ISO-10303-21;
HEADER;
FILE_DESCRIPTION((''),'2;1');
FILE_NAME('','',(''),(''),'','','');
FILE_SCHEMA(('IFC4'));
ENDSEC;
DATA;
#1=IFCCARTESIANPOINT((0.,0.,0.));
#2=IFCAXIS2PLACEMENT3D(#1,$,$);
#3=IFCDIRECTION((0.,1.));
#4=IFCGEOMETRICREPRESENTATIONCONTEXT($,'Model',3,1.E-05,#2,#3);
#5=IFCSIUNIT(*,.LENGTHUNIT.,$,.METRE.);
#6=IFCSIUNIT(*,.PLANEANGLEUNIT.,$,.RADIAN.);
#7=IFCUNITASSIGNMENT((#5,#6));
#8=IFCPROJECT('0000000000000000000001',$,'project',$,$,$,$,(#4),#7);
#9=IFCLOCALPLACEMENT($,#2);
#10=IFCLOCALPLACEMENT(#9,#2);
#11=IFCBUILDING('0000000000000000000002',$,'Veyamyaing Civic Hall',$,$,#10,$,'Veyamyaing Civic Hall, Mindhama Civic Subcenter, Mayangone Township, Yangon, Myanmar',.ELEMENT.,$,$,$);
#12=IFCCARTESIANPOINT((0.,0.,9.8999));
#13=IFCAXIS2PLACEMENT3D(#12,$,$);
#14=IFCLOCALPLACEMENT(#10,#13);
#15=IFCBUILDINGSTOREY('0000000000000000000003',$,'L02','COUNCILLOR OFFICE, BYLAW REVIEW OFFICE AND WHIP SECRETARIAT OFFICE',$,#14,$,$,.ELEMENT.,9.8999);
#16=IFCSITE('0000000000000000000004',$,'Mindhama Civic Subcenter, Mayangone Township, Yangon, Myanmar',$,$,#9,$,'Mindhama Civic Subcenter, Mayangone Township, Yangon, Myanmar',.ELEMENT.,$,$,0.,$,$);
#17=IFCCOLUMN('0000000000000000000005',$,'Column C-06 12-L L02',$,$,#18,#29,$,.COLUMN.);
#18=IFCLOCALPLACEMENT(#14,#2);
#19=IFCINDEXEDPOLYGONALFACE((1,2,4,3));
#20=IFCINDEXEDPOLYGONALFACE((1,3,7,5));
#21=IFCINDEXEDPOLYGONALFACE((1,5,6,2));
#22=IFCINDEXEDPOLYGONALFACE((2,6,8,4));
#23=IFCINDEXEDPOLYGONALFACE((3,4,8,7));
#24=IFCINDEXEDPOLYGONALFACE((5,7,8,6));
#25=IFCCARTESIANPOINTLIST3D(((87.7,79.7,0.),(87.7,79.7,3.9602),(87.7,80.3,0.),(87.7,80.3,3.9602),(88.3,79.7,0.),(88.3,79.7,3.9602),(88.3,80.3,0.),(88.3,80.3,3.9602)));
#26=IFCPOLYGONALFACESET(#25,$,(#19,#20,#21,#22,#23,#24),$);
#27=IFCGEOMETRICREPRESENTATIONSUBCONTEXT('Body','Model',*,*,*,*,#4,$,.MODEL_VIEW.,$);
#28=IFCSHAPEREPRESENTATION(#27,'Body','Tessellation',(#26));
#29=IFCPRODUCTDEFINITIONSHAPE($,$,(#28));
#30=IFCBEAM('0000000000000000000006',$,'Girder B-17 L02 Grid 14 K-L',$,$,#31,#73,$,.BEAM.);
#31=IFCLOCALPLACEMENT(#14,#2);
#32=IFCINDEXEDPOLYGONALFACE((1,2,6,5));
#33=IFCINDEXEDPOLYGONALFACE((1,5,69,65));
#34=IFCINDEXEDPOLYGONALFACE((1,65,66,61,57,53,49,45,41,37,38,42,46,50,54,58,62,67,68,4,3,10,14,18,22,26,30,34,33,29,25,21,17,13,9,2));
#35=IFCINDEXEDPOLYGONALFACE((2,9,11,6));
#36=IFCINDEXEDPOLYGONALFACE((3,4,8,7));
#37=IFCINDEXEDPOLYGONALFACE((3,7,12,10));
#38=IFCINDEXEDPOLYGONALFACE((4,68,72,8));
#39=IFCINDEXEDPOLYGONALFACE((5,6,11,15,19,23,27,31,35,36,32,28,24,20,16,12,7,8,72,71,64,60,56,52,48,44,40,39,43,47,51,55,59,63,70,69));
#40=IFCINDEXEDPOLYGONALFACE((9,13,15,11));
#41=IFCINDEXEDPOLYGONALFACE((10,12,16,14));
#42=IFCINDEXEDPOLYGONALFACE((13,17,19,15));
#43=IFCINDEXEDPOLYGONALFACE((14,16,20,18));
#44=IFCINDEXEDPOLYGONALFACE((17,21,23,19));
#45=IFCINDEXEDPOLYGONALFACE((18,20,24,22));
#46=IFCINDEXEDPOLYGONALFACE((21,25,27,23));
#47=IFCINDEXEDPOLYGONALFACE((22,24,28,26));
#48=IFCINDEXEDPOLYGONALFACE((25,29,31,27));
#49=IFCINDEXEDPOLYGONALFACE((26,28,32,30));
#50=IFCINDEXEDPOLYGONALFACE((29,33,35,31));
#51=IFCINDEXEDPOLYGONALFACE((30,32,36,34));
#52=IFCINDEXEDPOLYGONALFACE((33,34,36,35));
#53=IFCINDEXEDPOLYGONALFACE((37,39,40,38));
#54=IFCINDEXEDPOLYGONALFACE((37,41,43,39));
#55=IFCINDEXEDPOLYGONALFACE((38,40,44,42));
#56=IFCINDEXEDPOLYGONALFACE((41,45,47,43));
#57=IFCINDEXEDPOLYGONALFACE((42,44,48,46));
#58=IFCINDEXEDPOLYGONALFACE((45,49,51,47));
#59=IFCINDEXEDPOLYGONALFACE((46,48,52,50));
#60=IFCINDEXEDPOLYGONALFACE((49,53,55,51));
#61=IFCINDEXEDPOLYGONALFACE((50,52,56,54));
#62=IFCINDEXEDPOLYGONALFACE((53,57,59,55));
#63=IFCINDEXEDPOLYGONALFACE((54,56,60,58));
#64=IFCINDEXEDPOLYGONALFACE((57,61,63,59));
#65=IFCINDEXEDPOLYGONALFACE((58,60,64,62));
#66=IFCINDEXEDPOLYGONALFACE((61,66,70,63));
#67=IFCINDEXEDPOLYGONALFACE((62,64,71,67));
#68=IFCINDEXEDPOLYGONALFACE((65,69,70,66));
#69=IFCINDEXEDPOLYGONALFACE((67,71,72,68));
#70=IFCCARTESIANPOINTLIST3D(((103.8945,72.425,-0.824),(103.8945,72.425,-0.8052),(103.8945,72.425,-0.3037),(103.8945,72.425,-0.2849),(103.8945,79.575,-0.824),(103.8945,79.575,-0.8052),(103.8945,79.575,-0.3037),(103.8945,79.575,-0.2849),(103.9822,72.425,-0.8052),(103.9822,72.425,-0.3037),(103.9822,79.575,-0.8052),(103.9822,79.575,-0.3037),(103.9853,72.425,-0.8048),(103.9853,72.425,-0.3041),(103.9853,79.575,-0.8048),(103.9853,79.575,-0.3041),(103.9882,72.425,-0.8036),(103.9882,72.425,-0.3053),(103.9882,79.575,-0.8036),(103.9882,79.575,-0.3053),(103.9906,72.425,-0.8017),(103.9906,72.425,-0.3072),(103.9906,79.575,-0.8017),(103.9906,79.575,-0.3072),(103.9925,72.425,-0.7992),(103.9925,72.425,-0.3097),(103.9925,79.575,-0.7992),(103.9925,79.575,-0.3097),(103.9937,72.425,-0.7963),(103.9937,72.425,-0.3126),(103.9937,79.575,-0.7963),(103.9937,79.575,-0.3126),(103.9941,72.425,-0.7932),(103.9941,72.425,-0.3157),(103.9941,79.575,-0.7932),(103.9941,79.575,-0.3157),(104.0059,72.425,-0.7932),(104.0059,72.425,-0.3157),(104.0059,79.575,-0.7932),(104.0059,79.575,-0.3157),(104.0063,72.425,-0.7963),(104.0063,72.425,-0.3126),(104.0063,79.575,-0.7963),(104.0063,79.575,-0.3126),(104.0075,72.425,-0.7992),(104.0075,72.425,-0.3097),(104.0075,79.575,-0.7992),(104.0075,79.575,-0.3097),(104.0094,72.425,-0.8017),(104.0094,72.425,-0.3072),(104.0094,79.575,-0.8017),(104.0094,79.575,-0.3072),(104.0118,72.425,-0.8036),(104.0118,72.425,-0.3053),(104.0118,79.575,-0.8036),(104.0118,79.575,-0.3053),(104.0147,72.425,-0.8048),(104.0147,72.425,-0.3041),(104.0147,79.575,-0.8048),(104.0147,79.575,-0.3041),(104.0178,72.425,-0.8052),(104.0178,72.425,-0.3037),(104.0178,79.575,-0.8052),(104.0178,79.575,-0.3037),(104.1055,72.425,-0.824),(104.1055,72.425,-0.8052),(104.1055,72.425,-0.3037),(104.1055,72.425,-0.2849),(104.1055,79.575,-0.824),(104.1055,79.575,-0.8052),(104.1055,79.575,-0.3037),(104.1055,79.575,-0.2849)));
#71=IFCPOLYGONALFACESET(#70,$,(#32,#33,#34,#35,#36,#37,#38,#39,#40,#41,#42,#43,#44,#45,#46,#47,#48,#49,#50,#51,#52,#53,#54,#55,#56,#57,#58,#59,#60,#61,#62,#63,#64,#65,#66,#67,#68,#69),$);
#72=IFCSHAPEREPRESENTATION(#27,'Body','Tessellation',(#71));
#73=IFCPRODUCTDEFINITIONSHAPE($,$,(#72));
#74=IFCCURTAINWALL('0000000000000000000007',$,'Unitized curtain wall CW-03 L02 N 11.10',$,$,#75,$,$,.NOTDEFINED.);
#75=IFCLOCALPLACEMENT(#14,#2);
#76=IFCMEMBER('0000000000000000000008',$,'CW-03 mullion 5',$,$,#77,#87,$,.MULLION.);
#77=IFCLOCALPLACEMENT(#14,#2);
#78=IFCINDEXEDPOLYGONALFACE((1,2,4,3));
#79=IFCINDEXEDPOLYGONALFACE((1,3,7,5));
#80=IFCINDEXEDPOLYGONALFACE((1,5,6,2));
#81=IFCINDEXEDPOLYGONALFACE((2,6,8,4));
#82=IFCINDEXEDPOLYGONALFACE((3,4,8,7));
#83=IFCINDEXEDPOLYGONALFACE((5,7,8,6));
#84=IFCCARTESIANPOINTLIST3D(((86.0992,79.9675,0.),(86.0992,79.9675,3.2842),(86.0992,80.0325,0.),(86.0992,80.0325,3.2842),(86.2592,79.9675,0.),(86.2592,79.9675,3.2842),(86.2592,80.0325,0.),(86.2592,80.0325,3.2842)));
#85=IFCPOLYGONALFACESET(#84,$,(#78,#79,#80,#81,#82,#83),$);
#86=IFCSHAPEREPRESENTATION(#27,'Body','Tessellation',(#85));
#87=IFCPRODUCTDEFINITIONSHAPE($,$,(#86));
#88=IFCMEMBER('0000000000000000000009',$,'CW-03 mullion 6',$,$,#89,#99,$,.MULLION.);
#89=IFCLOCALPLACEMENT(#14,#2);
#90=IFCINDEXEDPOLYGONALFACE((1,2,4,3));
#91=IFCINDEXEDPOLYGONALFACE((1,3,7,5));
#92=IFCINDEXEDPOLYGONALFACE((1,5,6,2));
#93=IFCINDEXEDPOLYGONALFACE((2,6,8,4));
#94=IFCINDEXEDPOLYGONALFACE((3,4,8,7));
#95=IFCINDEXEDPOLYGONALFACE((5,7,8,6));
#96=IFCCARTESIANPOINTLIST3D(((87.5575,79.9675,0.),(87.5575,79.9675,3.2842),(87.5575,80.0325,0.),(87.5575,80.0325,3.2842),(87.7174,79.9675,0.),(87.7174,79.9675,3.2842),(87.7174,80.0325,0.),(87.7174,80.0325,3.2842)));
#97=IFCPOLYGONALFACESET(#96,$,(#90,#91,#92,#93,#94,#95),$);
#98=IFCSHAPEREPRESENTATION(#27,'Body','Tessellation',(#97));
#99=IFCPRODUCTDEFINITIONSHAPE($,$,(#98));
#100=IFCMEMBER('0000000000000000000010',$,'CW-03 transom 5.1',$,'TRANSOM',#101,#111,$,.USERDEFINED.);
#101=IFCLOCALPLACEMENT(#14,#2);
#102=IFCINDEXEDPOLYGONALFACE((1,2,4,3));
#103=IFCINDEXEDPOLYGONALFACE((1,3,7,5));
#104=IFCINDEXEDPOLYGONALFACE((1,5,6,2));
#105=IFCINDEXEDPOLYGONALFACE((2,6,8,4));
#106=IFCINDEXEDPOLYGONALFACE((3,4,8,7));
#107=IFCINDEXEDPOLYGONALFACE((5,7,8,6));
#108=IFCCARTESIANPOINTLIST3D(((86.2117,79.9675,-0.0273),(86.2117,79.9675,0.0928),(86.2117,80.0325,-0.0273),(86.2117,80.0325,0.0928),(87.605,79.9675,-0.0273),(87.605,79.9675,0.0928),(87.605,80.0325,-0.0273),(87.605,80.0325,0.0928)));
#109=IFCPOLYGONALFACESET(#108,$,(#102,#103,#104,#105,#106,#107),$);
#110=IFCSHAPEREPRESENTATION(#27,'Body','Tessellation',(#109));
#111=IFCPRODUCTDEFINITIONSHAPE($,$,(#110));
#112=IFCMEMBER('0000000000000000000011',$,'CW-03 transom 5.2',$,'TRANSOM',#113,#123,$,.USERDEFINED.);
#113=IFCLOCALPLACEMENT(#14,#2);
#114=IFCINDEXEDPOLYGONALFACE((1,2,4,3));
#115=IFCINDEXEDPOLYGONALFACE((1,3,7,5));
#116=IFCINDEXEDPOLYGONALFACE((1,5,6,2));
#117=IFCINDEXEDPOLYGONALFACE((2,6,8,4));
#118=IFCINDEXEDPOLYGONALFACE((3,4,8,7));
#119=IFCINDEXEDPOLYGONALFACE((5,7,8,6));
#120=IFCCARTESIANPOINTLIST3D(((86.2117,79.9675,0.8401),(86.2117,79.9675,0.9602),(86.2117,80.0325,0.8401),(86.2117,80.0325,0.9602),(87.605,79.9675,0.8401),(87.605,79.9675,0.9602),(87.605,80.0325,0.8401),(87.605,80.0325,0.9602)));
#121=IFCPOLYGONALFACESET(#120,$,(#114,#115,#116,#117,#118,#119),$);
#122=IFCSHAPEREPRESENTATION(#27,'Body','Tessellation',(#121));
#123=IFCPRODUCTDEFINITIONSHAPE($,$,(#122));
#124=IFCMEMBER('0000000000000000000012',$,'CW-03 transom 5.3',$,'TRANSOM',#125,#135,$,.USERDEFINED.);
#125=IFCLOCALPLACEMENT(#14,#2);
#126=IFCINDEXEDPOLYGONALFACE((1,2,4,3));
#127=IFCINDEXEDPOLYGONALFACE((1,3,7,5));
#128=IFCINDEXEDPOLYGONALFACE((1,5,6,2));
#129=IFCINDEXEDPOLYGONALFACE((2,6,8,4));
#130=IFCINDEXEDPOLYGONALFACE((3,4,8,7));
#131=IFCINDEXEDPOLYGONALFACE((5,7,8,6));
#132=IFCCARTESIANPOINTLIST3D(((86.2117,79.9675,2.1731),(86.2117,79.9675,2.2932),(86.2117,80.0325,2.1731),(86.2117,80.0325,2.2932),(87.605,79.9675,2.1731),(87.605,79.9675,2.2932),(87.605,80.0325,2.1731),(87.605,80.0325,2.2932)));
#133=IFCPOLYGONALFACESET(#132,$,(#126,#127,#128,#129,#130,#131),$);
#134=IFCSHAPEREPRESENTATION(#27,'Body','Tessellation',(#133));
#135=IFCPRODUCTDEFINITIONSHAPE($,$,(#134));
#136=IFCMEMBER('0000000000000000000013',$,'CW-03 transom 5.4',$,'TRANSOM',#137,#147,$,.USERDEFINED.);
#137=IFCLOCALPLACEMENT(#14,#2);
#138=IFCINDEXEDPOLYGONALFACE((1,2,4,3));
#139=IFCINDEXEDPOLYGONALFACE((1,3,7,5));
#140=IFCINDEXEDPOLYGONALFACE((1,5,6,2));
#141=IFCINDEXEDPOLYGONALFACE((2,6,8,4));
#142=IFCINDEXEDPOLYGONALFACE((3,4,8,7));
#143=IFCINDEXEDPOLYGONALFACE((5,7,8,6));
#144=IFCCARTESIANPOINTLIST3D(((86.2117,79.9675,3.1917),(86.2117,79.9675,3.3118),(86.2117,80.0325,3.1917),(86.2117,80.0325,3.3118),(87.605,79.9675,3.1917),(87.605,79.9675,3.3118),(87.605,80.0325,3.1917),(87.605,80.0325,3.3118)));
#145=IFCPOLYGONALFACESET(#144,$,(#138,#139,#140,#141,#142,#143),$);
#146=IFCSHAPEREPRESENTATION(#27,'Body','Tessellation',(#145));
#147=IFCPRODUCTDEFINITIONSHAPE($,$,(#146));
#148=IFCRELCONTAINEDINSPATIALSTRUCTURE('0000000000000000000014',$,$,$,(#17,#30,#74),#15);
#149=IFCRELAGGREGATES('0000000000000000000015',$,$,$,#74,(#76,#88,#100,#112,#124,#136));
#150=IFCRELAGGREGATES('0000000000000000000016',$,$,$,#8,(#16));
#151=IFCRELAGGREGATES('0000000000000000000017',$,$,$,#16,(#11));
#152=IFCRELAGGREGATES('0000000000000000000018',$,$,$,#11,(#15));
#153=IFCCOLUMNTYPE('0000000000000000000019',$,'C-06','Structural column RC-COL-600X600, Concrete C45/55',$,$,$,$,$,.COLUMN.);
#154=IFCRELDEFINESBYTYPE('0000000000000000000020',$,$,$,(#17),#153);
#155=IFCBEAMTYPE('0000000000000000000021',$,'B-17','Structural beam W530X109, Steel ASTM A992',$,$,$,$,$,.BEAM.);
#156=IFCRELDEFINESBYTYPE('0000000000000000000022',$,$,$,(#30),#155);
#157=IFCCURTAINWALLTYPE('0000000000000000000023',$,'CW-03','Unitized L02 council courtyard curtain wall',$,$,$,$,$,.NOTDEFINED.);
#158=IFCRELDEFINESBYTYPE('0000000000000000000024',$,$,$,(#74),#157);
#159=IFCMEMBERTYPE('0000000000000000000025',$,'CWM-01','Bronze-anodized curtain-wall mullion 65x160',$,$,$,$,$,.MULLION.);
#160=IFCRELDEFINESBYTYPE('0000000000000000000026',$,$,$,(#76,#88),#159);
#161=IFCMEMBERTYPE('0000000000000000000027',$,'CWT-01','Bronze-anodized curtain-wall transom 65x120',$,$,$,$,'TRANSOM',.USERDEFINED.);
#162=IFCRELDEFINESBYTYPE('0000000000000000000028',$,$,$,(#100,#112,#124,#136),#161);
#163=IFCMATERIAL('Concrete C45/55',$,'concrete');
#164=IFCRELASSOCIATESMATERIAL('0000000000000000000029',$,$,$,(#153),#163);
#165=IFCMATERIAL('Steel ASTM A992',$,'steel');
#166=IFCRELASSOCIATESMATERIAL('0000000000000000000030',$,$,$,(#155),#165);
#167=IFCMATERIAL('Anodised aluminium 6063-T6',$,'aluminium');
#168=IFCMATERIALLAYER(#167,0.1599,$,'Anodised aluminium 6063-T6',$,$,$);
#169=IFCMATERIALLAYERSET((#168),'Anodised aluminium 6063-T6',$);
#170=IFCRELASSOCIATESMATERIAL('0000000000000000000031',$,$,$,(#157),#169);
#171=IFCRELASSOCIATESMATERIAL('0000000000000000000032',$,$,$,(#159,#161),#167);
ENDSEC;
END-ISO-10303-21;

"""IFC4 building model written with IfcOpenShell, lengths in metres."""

from ifc_helpers import new_model, si_unit, direction, frame, origin, origin_2d, place, context, subcontext, project, spatial, rectangle, i_section, extrude, material, layer, layer_set, material_profile, profile_set, type_object, element, aggregate, save


model = new_model("IFC4")

# Units and contexts
model_context = context("Model", 3, precision=1e-05, world=origin(), true_north=direction((0.0, 1.0)))
body_context = subcontext(model_context, "Body", "Model", "MODEL_VIEW")
ifc_project = project(units=[si_unit("LENGTHUNIT", "METRE"), si_unit("PLANEANGLEUNIT", "RADIAN")], contexts=[model_context])

# Site, building, storey
site_placement = place(None, origin())
site = spatial("IfcSite", under=ifc_project, at=site_placement, Name="Mindhama Civic Subcenter, Mayangone Township, Yangon, Myanmar", LongName="Mindhama Civic Subcenter, Mayangone Township, Yangon, Myanmar", CompositionType="ELEMENT", RefElevation=0.0)
building_placement = place(site_placement, origin())
building = spatial("IfcBuilding", under=site, at=building_placement, Name="Veyamyaing Civic Hall", LongName="Veyamyaing Civic Hall, Mindhama Civic Subcenter, Mayangone Township, Yangon, Myanmar", CompositionType="ELEMENT")
storey_placement = place(building_placement, frame((0.0, 0.0, 9.8999)))
storey = spatial("IfcBuildingStorey", under=building, at=storey_placement, Name="L02", Description="COUNCILLOR OFFICE, BYLAW REVIEW OFFICE AND WHIP SECRETARIAT OFFICE", CompositionType="ELEMENT", Elevation=9.8999)

# Column
ifc_material_1 = material(Name="Concrete C45/55", Category="concrete")
ifc_material_profile_1 = material_profile(ifc_material_1, rectangle(XDim=0.6001, YDim=0.6001, at=origin_2d()), Name="RC-COL-600X600")
ifc_profile_set_1 = profile_set([ifc_material_profile_1], Name="Concrete C45/55")
column_type = type_object("IfcColumnType", Name="C-06", Description="Structural column RC-COL-600X600, Concrete C45/55", PredefinedType="COLUMN", material=ifc_profile_set_1)
column_placement = place(storey_placement, frame((88.0, 80.0, 0.0), z_axis=(0.0, 0.0, 1.0), x_axis=(1.0, 0.0, 0.0)))
element("IfcColumn", 1, at=column_placement, inside=storey, type_object=column_type, Name="Column C-06 12-L L02", PredefinedType="COLUMN", context=body_context, shape_type="SweptSolid", body=[
    extrude(rectangle(XDim=0.6001, YDim=0.6001, at=origin_2d()), origin(), (0.0, 0.0, 1.0), 3.9602),
])

# Beam
ifc_material_2 = material(Name="Steel ASTM A992", Category="steel")
ifc_material_profile_2 = material_profile(ifc_material_2, i_section(OverallWidth=0.2109, OverallDepth=0.5391, WebThickness=0.0117, FlangeThickness=0.0188, FilletRadius=0.012, at=origin_2d()), Name="W530X109")
ifc_profile_set_2 = profile_set([ifc_material_profile_2], Name="Steel ASTM A992")
beam_type_1 = type_object("IfcBeamType", Name="B-17", Description="Structural beam W530X109, Steel ASTM A992", PredefinedType="BEAM", material=ifc_profile_set_2)
beam_1_placement = place(storey_placement, frame((104.0, 72.425, -0.5544), z_axis=(0.0, 1.0, 0.0), x_axis=(-1.0, 0.0, 0.0)))
element("IfcBeam", 2, at=beam_1_placement, inside=storey, type_object=beam_type_1, Name="Girder B-17 L02 Grid 14 K-L", PredefinedType="BEAM", context=body_context, shape_type="SweptSolid", body=[
    extrude(i_section(OverallWidth=0.2109, OverallDepth=0.5391, WebThickness=0.0117, FlangeThickness=0.0188, FilletRadius=0.012, at=origin_2d()), origin(), (0.0, 0.0, 1.0), 7.1499),
])

# Curtain wall, members
ifc_material_3 = material(Name="Anodised aluminium 6063-T6", Category="aluminium")
ifc_layer_1 = layer(ifc_material_3, 0.1599, Name="Anodised aluminium 6063-T6")
ifc_layer_set_1 = layer_set([ifc_layer_1], Name="Anodised aluminium 6063-T6")
curtain_wall_type = type_object("IfcCurtainWallType", Name="CW-03", Description="Unitized L02 council courtyard curtain wall", PredefinedType="NOTDEFINED", material=ifc_layer_set_1)
curtain_wall_placement = place(storey_placement, origin())
curtain_wall = element("IfcCurtainWall", 3, at=curtain_wall_placement, inside=storey, type_object=curtain_wall_type, Name="Unitized curtain wall CW-03 L02 N 11.10", PredefinedType="NOTDEFINED")
ifc_material_profile_3 = material_profile(ifc_material_3, rectangle(XDim=0.0649, YDim=0.1599, at=origin_2d()), Name="ALU-MUL-65X160")
ifc_profile_set_3 = profile_set([ifc_material_profile_3], Name="Anodised aluminium 6063-T6")
member_type_1 = type_object("IfcMemberType", Name="CWM-01", Description="Bronze-anodized curtain-wall mullion 65x160", PredefinedType="MULLION", material=ifc_profile_set_3)
member_1_placement = place(storey_placement, frame((86.1792, 80.0, 0.0), z_axis=(0.0, 0.0, 1.0), x_axis=(0.0, 1.0, 0.0)))
member_1 = element("IfcMember", 4, at=member_1_placement, type_object=member_type_1, Name="CW-03 mullion 5", PredefinedType="MULLION", context=body_context, shape_type="SweptSolid", body=[
    extrude(rectangle(XDim=0.0649, YDim=0.1599, at=origin_2d()), origin(), (0.0, 0.0, 1.0), 3.2842),
])
member_2_placement = place(storey_placement, frame((87.6375, 80.0, 0.0), z_axis=(0.0, 0.0, 1.0), x_axis=(0.0, 1.0, 0.0)))
member_2 = element("IfcMember", 5, at=member_2_placement, type_object=member_type_1, Name="CW-03 mullion 6", PredefinedType="MULLION", context=body_context, shape_type="SweptSolid", body=[
    extrude(rectangle(XDim=0.0649, YDim=0.1599, at=origin_2d()), origin(), (0.0, 0.0, 1.0), 3.2842),
])
ifc_material_profile_4 = material_profile(ifc_material_3, rectangle(XDim=0.0649, YDim=0.1201, at=origin_2d()), Name="ALU-TRN-65X120")
ifc_profile_set_4 = profile_set([ifc_material_profile_4], Name="Anodised aluminium 6063-T6")
member_type_2 = type_object("IfcMemberType", Name="CWT-01", Description="Bronze-anodized curtain-wall transom 65x120", ElementType="TRANSOM", PredefinedType="USERDEFINED", material=ifc_profile_set_4)
member_3_placement = place(storey_placement, frame((86.2117, 80.0, 0.0327), z_axis=(1.0, 0.0, 0.0), x_axis=(0.0, 1.0, 0.0)))
member_3 = element("IfcMember", 6, at=member_3_placement, type_object=member_type_2, Name="CW-03 transom 5.1", ObjectType="TRANSOM", PredefinedType="USERDEFINED", context=body_context, shape_type="SweptSolid", body=[
    extrude(rectangle(XDim=0.0649, YDim=0.1201, at=origin_2d()), origin(), (0.0, 0.0, 1.0), 1.3933),
])
member_4_placement = place(storey_placement, frame((86.2117, 80.0, 0.9001), z_axis=(1.0, 0.0, 0.0), x_axis=(0.0, 1.0, 0.0)))
member_4 = element("IfcMember", 7, at=member_4_placement, type_object=member_type_2, Name="CW-03 transom 5.2", ObjectType="TRANSOM", PredefinedType="USERDEFINED", context=body_context, shape_type="SweptSolid", body=[
    extrude(rectangle(XDim=0.0649, YDim=0.1201, at=origin_2d()), origin(), (0.0, 0.0, 1.0), 1.3933),
])
member_5_placement = place(storey_placement, frame((86.2117, 80.0, 2.2332), z_axis=(1.0, 0.0, 0.0), x_axis=(0.0, 1.0, 0.0)))
member_5 = element("IfcMember", 8, at=member_5_placement, type_object=member_type_2, Name="CW-03 transom 5.3", ObjectType="TRANSOM", PredefinedType="USERDEFINED", context=body_context, shape_type="SweptSolid", body=[
    extrude(rectangle(XDim=0.0649, YDim=0.1201, at=origin_2d()), origin(), (0.0, 0.0, 1.0), 1.3933),
])
member_6_placement = place(storey_placement, frame((86.2117, 80.0, 3.2517), z_axis=(1.0, 0.0, 0.0), x_axis=(0.0, 1.0, 0.0)))
member_6 = element("IfcMember", 9, at=member_6_placement, type_object=member_type_2, Name="CW-03 transom 5.4", ObjectType="TRANSOM", PredefinedType="USERDEFINED", context=body_context, shape_type="SweptSolid", body=[
    extrude(rectangle(XDim=0.0649, YDim=0.1201, at=origin_2d()), origin(), (0.0, 0.0, 1.0), 1.3933),
])

aggregate(curtain_wall, [member_1, member_2, member_3, member_4, member_5, member_6])

save(model, "model.ifc")
